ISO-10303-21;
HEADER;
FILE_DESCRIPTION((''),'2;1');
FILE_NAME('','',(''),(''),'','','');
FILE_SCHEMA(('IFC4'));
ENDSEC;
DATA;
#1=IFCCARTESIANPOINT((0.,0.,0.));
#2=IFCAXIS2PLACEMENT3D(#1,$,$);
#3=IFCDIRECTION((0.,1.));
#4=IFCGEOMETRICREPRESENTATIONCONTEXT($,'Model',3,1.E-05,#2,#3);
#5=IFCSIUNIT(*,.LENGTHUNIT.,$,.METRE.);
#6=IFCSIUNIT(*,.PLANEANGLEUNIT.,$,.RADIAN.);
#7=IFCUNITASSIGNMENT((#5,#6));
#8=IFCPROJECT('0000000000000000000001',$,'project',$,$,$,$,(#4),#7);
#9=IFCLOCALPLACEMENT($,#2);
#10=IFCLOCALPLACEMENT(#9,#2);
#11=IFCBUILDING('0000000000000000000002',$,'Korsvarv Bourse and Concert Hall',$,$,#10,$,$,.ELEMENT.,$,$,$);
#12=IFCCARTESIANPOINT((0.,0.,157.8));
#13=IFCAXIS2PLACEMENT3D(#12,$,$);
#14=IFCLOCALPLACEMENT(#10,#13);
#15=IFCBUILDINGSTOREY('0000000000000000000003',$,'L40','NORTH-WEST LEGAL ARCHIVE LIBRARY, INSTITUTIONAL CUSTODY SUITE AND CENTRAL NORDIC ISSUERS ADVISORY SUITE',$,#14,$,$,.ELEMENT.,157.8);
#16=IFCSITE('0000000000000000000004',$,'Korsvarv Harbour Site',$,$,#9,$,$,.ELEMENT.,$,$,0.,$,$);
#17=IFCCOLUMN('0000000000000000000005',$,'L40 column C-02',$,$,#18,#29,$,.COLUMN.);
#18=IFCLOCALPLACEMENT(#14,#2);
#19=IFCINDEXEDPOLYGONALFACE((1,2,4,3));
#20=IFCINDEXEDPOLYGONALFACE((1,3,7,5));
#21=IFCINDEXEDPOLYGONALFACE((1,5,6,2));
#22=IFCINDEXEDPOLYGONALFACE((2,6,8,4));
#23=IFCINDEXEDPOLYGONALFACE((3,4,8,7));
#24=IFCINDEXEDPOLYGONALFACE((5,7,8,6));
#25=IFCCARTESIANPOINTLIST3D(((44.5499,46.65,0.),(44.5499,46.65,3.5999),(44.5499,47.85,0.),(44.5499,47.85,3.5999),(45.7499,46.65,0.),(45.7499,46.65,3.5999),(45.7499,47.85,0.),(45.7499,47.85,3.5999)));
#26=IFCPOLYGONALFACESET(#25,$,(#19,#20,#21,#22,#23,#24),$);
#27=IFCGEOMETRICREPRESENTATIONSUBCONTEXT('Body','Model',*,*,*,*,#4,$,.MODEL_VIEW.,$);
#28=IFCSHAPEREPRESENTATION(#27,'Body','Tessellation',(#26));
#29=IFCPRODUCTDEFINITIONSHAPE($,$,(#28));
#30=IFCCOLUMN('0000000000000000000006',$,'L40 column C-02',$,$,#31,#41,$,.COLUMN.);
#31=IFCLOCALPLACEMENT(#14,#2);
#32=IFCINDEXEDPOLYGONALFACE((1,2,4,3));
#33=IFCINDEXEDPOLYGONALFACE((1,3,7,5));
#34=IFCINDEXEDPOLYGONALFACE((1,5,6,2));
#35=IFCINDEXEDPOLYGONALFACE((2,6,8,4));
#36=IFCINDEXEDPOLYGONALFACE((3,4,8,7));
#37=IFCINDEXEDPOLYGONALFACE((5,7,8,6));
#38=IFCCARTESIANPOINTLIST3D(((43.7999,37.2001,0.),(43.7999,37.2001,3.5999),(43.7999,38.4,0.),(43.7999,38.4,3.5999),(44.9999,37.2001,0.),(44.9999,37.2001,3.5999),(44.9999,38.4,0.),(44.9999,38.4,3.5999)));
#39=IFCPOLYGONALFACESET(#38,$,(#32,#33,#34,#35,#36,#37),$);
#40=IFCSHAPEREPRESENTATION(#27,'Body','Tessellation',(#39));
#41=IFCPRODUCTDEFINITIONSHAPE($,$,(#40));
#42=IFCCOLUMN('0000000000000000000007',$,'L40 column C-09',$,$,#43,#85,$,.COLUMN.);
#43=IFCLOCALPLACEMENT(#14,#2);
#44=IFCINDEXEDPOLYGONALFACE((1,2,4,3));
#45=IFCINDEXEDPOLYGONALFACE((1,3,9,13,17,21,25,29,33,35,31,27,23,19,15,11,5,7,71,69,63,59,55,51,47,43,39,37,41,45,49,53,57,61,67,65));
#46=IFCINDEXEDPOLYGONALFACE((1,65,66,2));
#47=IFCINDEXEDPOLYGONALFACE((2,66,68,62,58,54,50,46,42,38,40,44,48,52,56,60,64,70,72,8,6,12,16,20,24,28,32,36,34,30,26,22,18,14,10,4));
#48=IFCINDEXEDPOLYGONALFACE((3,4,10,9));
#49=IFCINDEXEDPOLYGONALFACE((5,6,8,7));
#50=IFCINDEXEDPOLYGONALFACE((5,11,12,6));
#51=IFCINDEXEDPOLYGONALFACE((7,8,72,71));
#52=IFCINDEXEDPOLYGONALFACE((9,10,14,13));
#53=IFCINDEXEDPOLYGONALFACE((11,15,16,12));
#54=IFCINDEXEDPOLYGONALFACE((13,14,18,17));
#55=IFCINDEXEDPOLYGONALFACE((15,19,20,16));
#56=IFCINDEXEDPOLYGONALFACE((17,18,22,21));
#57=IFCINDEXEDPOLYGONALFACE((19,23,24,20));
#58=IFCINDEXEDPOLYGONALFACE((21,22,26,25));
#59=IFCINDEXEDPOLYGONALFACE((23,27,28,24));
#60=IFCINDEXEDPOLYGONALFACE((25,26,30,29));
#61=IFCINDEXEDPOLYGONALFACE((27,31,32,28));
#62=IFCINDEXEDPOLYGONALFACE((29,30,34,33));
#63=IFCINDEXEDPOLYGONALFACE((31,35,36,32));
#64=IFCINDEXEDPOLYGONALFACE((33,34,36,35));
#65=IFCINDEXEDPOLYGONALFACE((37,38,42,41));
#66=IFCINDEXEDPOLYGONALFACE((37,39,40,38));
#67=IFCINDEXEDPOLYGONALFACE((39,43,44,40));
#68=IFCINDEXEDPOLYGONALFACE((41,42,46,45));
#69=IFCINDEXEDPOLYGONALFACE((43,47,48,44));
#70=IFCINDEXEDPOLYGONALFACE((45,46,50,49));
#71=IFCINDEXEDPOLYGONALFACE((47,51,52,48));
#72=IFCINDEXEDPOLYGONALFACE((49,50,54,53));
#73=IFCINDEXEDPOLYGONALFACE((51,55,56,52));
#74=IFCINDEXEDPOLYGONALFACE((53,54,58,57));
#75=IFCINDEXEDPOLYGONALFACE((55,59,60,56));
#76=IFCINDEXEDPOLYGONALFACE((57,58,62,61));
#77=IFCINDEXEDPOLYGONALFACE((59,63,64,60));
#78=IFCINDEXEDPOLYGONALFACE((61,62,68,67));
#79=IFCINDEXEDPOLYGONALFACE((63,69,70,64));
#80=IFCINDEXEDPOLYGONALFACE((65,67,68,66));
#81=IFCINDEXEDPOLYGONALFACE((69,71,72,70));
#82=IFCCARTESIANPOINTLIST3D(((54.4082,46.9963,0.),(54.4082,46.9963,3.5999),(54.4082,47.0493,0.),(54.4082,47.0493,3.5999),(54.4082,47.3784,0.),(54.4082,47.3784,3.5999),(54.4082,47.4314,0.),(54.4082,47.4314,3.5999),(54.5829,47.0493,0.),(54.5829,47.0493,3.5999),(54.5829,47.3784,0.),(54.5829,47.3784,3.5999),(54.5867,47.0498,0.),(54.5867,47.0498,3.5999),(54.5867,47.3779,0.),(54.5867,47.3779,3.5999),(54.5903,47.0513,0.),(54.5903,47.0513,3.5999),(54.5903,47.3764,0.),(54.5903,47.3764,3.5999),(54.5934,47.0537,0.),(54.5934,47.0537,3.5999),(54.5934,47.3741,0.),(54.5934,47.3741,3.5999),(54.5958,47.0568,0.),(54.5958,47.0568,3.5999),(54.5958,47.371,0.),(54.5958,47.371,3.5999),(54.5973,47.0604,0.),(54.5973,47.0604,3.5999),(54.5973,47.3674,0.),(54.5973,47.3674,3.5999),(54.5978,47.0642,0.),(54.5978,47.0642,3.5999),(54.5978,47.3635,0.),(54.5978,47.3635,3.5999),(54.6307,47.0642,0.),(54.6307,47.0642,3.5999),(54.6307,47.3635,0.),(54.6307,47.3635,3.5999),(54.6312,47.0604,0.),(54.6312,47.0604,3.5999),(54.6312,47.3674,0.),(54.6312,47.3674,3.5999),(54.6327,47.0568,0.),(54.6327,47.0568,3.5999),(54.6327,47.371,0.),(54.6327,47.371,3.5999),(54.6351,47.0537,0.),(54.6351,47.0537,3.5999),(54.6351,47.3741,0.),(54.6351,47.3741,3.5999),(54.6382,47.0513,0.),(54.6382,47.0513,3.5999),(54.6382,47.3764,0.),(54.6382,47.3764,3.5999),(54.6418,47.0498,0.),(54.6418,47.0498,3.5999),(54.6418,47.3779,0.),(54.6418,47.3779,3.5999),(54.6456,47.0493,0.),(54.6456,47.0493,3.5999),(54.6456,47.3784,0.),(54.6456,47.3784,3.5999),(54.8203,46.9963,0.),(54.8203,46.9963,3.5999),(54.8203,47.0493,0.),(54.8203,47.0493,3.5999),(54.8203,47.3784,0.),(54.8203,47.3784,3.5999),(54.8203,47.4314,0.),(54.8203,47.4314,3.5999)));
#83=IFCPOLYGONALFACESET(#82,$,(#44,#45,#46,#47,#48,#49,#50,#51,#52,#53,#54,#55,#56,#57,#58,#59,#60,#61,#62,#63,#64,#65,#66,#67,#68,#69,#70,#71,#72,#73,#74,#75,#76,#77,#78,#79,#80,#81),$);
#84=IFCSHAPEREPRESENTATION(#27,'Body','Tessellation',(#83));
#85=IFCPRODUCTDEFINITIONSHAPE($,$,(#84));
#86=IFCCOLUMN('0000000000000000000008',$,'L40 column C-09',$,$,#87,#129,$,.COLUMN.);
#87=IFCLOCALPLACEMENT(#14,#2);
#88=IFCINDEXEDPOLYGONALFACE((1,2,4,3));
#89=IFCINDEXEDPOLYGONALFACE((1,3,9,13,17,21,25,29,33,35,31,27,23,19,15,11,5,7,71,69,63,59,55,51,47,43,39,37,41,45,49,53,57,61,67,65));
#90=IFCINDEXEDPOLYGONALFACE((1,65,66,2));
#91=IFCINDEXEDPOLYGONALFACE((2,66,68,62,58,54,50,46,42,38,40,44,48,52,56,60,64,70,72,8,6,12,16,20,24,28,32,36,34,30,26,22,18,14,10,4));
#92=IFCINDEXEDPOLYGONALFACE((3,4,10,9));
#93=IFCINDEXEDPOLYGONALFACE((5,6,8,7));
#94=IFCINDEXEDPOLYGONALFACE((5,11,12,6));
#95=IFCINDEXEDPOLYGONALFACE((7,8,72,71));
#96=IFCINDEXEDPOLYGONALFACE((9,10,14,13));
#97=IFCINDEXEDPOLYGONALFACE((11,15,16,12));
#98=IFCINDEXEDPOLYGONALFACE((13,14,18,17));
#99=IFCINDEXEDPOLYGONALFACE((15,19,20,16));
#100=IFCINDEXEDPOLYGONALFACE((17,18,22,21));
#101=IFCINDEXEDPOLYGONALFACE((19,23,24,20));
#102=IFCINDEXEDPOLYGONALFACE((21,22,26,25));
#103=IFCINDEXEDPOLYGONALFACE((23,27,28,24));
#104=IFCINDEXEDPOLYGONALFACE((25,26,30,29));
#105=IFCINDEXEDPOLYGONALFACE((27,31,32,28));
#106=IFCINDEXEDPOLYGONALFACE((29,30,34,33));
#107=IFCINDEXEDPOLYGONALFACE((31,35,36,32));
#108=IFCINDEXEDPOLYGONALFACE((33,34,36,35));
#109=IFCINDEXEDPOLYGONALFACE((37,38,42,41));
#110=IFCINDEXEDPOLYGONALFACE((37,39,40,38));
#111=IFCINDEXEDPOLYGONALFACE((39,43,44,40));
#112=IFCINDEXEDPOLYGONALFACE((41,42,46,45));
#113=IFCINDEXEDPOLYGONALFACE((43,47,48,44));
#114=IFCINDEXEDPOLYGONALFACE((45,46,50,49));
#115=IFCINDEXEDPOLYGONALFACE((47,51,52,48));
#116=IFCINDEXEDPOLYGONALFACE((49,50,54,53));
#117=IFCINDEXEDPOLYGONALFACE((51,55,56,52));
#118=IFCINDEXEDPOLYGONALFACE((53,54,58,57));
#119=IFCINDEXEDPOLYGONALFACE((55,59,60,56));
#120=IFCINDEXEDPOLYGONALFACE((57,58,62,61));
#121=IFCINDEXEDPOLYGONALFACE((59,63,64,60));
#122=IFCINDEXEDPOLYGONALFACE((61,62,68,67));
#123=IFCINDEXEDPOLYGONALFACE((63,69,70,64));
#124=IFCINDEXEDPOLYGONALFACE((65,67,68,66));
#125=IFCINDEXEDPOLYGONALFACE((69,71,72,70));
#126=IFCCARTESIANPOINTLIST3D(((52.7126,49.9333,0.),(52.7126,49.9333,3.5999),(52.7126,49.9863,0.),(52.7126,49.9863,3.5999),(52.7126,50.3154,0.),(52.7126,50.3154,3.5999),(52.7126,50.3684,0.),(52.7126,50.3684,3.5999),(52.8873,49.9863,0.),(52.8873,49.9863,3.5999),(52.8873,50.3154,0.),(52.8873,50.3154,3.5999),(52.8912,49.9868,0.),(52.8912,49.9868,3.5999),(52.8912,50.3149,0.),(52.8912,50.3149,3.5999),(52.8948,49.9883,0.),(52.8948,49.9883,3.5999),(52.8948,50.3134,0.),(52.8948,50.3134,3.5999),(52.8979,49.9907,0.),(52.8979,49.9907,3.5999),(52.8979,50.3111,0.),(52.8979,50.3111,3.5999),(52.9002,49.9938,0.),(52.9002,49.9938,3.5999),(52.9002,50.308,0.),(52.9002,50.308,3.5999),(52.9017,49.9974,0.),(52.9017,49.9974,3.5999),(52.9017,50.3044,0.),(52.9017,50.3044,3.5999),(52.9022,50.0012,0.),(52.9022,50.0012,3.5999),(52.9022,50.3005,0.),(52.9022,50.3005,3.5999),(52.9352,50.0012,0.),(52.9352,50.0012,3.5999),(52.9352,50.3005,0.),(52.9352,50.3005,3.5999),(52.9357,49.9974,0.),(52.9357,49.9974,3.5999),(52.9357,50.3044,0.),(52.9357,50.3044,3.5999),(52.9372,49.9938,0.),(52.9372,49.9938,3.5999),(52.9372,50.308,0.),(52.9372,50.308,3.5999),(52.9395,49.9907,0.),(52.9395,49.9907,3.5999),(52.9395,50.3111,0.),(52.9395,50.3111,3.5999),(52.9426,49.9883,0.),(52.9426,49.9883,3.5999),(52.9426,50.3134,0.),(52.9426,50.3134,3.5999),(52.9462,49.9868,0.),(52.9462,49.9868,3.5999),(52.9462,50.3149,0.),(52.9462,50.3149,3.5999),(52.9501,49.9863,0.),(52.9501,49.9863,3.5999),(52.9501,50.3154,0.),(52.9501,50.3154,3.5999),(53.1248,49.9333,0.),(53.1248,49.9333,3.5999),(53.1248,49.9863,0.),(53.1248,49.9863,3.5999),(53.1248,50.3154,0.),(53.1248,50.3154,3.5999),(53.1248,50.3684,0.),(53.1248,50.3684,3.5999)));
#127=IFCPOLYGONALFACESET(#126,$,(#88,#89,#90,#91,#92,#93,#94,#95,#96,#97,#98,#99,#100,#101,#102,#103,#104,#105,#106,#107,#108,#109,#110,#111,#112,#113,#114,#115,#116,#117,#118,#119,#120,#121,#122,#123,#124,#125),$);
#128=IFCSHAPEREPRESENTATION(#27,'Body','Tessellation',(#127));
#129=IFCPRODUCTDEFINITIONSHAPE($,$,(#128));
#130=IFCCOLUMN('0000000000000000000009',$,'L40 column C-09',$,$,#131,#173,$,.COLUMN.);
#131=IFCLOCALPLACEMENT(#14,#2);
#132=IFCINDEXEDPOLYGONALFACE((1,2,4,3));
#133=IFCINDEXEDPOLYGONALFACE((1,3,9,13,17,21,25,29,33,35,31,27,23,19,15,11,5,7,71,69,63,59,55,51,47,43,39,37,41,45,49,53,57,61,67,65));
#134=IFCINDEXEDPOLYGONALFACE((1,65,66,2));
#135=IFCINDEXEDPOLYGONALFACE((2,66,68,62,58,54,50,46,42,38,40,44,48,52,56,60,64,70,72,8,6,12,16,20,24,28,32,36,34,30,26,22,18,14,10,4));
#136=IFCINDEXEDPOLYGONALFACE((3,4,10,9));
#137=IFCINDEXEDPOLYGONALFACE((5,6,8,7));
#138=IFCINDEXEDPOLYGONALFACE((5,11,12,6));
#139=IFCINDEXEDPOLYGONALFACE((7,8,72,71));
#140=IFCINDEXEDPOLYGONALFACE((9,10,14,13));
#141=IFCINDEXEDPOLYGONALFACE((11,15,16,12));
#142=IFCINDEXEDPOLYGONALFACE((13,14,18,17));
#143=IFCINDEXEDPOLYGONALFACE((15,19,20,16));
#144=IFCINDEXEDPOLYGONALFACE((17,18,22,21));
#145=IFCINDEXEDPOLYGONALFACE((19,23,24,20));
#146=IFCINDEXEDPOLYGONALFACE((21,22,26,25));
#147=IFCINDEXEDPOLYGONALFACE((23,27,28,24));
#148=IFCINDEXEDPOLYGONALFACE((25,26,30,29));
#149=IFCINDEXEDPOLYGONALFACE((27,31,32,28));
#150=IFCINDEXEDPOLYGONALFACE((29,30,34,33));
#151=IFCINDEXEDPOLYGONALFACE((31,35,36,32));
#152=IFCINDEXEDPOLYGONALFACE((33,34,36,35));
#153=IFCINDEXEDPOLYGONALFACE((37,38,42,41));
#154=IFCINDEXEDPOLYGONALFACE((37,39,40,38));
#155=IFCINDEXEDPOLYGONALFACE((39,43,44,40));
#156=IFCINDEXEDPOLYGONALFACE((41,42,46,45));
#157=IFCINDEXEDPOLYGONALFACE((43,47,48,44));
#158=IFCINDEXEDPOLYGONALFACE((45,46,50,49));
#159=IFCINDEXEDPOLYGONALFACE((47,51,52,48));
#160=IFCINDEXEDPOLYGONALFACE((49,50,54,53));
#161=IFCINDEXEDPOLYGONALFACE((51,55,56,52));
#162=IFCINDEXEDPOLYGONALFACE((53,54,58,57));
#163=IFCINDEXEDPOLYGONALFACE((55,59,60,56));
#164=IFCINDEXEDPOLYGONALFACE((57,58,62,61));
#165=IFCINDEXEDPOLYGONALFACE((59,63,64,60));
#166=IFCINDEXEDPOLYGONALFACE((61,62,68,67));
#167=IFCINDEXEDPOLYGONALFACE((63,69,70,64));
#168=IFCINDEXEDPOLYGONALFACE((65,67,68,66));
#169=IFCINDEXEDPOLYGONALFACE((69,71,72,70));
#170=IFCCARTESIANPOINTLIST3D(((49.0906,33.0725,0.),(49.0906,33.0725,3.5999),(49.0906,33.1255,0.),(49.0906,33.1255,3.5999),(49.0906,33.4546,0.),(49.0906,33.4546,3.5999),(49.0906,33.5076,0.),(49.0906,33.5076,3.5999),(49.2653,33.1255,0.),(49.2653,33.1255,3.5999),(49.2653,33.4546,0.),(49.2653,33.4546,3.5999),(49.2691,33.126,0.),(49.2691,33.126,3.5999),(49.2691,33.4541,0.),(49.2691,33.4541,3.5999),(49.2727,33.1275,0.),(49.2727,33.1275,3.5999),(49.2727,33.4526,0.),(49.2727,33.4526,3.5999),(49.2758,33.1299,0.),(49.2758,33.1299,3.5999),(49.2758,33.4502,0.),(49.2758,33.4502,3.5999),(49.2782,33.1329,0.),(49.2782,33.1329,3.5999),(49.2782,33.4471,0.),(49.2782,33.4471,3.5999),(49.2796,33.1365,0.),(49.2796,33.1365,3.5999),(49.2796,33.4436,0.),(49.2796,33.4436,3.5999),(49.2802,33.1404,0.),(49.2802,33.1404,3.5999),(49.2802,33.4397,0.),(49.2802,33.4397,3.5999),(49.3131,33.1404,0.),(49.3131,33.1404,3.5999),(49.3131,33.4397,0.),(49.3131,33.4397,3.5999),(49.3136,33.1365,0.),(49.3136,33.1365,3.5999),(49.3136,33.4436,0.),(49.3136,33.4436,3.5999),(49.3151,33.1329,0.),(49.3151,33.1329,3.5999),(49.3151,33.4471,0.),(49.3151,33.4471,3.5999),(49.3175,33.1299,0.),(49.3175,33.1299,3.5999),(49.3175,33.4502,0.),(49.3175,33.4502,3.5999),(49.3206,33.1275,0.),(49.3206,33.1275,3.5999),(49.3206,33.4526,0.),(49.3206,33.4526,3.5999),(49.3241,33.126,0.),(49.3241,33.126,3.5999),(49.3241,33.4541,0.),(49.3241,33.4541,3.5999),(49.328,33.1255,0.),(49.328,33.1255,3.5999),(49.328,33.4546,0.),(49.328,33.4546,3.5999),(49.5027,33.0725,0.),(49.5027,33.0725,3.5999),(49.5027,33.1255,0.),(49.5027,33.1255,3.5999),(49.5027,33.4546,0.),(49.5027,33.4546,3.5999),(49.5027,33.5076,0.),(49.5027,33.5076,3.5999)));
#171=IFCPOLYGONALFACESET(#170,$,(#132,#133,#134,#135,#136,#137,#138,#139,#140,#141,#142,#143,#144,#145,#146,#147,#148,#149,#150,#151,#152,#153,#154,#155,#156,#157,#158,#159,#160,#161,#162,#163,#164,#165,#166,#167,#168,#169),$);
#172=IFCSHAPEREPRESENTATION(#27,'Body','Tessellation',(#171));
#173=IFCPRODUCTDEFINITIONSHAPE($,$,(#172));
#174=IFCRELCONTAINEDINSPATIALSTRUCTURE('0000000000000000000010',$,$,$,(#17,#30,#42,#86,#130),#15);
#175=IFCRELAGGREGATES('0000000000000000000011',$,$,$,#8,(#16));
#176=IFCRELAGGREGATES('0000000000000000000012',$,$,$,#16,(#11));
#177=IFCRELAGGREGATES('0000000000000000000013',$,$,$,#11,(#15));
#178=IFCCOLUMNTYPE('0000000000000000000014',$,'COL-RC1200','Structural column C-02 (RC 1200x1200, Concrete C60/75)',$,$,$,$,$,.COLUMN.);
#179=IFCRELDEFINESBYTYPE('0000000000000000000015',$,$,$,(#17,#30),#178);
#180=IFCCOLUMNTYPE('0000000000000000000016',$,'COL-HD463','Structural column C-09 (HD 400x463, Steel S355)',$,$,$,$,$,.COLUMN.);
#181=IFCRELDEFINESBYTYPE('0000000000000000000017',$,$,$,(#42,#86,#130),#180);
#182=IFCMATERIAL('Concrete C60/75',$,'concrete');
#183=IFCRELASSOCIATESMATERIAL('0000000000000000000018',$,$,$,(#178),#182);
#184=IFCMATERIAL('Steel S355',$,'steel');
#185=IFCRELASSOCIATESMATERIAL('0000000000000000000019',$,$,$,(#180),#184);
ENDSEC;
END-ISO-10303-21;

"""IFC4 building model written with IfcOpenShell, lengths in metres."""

from ifc_helpers import new_model, si_unit, direction, frame, origin, origin_2d, place, context, subcontext, project, spatial, rectangle, i_section, extrude, source, transform, mapped, material, material_profile, profile_set, type_object, element, save


model = new_model("IFC4")

# Units and contexts
model_context = context("Model", 3, precision=1e-05, world=origin(), true_north=direction((0.0, 1.0)))
body_context = subcontext(model_context, "Body", "Model", "MODEL_VIEW")
ifc_project = project(units=[si_unit("LENGTHUNIT", "METRE"), si_unit("PLANEANGLEUNIT", "RADIAN")], contexts=[model_context])

# Site, building, storey
site_placement = place(None, origin())
site = spatial("IfcSite", under=ifc_project, at=site_placement, Name="Korsvarv Harbour Site", CompositionType="ELEMENT", RefElevation=0.0)
building_placement = place(site_placement, origin())
building = spatial("IfcBuilding", under=site, at=building_placement, Name="Korsvarv Bourse and Concert Hall", CompositionType="ELEMENT")
storey_placement = place(building_placement, frame((0.0, 0.0, 157.8)))
storey = spatial("IfcBuildingStorey", under=building, at=storey_placement, Name="L40", Description="NORTH-WEST LEGAL ARCHIVE LIBRARY, INSTITUTIONAL CUSTODY SUITE AND CENTRAL NORDIC ISSUERS ADVISORY SUITE", CompositionType="ELEMENT", Elevation=157.8)

# Columns
ifc_material_1 = material(Name="Concrete C60/75", Category="concrete")
ifc_material_profile_1 = material_profile(ifc_material_1, rectangle(XDim=1.2, YDim=1.2, at=origin_2d()), Name="RC 1200x1200")
ifc_profile_set_1 = profile_set([ifc_material_profile_1], Name="Concrete C60/75")
column_type_1 = type_object("IfcColumnType", Name="COL-RC1200", Description="Structural column C-02 (RC 1200x1200, Concrete C60/75)", PredefinedType="COLUMN", material=ifc_profile_set_1)
shared_shape_1 = source(origin(), body_context, "Body", "SweptSolid", [
    extrude(rectangle(XDim=1.2, YDim=1.2, at=origin_2d()), origin(), (0.0, 0.0, 1.0), 3.5999),
])
for number, where, z_axis, x_axis, name in (
    (1, (45.1499, 47.25, 0.0), (0.0, 0.0, 1.0), (1.0, 0.0, 0.0), "L40 column C-02"),
    (2, (44.3999, 37.8, 0.0), (0.0, 0.0, 1.0), (1.0, 0.0, 0.0), "L40 column C-02"),
):
    element("IfcColumn", number, at=place(storey_placement, frame(where, z_axis=z_axis, x_axis=x_axis)), inside=storey, type_object=column_type_1, Name=name, PredefinedType="COLUMN", context=body_context, shape_type="MappedRepresentation", body=[
        mapped(shared_shape_1, transform((0.0, 0.0, 0.0), scale=1.0)),
    ])
ifc_material_2 = material(Name="Steel S355", Category="steel")
ifc_material_profile_2 = material_profile(ifc_material_2, i_section(OverallWidth=0.4121, OverallDepth=0.4351, WebThickness=0.033, FlangeThickness=0.053, FilletRadius=0.0149, at=origin_2d()), Name="HD 400x463")
ifc_profile_set_2 = profile_set([ifc_material_profile_2], Name="Steel S355")
column_type_2 = type_object("IfcColumnType", Name="COL-HD463", Description="Structural column C-09 (HD 400x463, Steel S355)", PredefinedType="COLUMN", material=ifc_profile_set_2)
shared_shape_2 = source(origin(), body_context, "Body", "SweptSolid", [
    extrude(i_section(OverallWidth=0.4121, OverallDepth=0.4351, WebThickness=0.033, FlangeThickness=0.053, FilletRadius=0.0149, at=origin_2d()), origin(), (0.0, 0.0, 1.0), 3.5999),
])
for number, where, z_axis, x_axis, name in (
    (3, (54.6143, 47.2139, 0.0), (0.0, 0.0, 1.0), (1.0, 0.0, 0.0), "L40 column C-09"),
    (4, (52.9187, 50.1509, 0.0), (0.0, 0.0, 1.0), (1.0, 0.0, 0.0), "L40 column C-09"),
    (5, (49.2966, 33.29, 0.0), (0.0, 0.0, 1.0), (1.0, 0.0, 0.0), "L40 column C-09"),
):
    element("IfcColumn", number, at=place(storey_placement, frame(where, z_axis=z_axis, x_axis=x_axis)), inside=storey, type_object=column_type_2, Name=name, PredefinedType="COLUMN", context=body_context, shape_type="MappedRepresentation", body=[
        mapped(shared_shape_2, transform((0.0, 0.0, 0.0), scale=1.0)),
    ])

save(model, "model.ifc")
